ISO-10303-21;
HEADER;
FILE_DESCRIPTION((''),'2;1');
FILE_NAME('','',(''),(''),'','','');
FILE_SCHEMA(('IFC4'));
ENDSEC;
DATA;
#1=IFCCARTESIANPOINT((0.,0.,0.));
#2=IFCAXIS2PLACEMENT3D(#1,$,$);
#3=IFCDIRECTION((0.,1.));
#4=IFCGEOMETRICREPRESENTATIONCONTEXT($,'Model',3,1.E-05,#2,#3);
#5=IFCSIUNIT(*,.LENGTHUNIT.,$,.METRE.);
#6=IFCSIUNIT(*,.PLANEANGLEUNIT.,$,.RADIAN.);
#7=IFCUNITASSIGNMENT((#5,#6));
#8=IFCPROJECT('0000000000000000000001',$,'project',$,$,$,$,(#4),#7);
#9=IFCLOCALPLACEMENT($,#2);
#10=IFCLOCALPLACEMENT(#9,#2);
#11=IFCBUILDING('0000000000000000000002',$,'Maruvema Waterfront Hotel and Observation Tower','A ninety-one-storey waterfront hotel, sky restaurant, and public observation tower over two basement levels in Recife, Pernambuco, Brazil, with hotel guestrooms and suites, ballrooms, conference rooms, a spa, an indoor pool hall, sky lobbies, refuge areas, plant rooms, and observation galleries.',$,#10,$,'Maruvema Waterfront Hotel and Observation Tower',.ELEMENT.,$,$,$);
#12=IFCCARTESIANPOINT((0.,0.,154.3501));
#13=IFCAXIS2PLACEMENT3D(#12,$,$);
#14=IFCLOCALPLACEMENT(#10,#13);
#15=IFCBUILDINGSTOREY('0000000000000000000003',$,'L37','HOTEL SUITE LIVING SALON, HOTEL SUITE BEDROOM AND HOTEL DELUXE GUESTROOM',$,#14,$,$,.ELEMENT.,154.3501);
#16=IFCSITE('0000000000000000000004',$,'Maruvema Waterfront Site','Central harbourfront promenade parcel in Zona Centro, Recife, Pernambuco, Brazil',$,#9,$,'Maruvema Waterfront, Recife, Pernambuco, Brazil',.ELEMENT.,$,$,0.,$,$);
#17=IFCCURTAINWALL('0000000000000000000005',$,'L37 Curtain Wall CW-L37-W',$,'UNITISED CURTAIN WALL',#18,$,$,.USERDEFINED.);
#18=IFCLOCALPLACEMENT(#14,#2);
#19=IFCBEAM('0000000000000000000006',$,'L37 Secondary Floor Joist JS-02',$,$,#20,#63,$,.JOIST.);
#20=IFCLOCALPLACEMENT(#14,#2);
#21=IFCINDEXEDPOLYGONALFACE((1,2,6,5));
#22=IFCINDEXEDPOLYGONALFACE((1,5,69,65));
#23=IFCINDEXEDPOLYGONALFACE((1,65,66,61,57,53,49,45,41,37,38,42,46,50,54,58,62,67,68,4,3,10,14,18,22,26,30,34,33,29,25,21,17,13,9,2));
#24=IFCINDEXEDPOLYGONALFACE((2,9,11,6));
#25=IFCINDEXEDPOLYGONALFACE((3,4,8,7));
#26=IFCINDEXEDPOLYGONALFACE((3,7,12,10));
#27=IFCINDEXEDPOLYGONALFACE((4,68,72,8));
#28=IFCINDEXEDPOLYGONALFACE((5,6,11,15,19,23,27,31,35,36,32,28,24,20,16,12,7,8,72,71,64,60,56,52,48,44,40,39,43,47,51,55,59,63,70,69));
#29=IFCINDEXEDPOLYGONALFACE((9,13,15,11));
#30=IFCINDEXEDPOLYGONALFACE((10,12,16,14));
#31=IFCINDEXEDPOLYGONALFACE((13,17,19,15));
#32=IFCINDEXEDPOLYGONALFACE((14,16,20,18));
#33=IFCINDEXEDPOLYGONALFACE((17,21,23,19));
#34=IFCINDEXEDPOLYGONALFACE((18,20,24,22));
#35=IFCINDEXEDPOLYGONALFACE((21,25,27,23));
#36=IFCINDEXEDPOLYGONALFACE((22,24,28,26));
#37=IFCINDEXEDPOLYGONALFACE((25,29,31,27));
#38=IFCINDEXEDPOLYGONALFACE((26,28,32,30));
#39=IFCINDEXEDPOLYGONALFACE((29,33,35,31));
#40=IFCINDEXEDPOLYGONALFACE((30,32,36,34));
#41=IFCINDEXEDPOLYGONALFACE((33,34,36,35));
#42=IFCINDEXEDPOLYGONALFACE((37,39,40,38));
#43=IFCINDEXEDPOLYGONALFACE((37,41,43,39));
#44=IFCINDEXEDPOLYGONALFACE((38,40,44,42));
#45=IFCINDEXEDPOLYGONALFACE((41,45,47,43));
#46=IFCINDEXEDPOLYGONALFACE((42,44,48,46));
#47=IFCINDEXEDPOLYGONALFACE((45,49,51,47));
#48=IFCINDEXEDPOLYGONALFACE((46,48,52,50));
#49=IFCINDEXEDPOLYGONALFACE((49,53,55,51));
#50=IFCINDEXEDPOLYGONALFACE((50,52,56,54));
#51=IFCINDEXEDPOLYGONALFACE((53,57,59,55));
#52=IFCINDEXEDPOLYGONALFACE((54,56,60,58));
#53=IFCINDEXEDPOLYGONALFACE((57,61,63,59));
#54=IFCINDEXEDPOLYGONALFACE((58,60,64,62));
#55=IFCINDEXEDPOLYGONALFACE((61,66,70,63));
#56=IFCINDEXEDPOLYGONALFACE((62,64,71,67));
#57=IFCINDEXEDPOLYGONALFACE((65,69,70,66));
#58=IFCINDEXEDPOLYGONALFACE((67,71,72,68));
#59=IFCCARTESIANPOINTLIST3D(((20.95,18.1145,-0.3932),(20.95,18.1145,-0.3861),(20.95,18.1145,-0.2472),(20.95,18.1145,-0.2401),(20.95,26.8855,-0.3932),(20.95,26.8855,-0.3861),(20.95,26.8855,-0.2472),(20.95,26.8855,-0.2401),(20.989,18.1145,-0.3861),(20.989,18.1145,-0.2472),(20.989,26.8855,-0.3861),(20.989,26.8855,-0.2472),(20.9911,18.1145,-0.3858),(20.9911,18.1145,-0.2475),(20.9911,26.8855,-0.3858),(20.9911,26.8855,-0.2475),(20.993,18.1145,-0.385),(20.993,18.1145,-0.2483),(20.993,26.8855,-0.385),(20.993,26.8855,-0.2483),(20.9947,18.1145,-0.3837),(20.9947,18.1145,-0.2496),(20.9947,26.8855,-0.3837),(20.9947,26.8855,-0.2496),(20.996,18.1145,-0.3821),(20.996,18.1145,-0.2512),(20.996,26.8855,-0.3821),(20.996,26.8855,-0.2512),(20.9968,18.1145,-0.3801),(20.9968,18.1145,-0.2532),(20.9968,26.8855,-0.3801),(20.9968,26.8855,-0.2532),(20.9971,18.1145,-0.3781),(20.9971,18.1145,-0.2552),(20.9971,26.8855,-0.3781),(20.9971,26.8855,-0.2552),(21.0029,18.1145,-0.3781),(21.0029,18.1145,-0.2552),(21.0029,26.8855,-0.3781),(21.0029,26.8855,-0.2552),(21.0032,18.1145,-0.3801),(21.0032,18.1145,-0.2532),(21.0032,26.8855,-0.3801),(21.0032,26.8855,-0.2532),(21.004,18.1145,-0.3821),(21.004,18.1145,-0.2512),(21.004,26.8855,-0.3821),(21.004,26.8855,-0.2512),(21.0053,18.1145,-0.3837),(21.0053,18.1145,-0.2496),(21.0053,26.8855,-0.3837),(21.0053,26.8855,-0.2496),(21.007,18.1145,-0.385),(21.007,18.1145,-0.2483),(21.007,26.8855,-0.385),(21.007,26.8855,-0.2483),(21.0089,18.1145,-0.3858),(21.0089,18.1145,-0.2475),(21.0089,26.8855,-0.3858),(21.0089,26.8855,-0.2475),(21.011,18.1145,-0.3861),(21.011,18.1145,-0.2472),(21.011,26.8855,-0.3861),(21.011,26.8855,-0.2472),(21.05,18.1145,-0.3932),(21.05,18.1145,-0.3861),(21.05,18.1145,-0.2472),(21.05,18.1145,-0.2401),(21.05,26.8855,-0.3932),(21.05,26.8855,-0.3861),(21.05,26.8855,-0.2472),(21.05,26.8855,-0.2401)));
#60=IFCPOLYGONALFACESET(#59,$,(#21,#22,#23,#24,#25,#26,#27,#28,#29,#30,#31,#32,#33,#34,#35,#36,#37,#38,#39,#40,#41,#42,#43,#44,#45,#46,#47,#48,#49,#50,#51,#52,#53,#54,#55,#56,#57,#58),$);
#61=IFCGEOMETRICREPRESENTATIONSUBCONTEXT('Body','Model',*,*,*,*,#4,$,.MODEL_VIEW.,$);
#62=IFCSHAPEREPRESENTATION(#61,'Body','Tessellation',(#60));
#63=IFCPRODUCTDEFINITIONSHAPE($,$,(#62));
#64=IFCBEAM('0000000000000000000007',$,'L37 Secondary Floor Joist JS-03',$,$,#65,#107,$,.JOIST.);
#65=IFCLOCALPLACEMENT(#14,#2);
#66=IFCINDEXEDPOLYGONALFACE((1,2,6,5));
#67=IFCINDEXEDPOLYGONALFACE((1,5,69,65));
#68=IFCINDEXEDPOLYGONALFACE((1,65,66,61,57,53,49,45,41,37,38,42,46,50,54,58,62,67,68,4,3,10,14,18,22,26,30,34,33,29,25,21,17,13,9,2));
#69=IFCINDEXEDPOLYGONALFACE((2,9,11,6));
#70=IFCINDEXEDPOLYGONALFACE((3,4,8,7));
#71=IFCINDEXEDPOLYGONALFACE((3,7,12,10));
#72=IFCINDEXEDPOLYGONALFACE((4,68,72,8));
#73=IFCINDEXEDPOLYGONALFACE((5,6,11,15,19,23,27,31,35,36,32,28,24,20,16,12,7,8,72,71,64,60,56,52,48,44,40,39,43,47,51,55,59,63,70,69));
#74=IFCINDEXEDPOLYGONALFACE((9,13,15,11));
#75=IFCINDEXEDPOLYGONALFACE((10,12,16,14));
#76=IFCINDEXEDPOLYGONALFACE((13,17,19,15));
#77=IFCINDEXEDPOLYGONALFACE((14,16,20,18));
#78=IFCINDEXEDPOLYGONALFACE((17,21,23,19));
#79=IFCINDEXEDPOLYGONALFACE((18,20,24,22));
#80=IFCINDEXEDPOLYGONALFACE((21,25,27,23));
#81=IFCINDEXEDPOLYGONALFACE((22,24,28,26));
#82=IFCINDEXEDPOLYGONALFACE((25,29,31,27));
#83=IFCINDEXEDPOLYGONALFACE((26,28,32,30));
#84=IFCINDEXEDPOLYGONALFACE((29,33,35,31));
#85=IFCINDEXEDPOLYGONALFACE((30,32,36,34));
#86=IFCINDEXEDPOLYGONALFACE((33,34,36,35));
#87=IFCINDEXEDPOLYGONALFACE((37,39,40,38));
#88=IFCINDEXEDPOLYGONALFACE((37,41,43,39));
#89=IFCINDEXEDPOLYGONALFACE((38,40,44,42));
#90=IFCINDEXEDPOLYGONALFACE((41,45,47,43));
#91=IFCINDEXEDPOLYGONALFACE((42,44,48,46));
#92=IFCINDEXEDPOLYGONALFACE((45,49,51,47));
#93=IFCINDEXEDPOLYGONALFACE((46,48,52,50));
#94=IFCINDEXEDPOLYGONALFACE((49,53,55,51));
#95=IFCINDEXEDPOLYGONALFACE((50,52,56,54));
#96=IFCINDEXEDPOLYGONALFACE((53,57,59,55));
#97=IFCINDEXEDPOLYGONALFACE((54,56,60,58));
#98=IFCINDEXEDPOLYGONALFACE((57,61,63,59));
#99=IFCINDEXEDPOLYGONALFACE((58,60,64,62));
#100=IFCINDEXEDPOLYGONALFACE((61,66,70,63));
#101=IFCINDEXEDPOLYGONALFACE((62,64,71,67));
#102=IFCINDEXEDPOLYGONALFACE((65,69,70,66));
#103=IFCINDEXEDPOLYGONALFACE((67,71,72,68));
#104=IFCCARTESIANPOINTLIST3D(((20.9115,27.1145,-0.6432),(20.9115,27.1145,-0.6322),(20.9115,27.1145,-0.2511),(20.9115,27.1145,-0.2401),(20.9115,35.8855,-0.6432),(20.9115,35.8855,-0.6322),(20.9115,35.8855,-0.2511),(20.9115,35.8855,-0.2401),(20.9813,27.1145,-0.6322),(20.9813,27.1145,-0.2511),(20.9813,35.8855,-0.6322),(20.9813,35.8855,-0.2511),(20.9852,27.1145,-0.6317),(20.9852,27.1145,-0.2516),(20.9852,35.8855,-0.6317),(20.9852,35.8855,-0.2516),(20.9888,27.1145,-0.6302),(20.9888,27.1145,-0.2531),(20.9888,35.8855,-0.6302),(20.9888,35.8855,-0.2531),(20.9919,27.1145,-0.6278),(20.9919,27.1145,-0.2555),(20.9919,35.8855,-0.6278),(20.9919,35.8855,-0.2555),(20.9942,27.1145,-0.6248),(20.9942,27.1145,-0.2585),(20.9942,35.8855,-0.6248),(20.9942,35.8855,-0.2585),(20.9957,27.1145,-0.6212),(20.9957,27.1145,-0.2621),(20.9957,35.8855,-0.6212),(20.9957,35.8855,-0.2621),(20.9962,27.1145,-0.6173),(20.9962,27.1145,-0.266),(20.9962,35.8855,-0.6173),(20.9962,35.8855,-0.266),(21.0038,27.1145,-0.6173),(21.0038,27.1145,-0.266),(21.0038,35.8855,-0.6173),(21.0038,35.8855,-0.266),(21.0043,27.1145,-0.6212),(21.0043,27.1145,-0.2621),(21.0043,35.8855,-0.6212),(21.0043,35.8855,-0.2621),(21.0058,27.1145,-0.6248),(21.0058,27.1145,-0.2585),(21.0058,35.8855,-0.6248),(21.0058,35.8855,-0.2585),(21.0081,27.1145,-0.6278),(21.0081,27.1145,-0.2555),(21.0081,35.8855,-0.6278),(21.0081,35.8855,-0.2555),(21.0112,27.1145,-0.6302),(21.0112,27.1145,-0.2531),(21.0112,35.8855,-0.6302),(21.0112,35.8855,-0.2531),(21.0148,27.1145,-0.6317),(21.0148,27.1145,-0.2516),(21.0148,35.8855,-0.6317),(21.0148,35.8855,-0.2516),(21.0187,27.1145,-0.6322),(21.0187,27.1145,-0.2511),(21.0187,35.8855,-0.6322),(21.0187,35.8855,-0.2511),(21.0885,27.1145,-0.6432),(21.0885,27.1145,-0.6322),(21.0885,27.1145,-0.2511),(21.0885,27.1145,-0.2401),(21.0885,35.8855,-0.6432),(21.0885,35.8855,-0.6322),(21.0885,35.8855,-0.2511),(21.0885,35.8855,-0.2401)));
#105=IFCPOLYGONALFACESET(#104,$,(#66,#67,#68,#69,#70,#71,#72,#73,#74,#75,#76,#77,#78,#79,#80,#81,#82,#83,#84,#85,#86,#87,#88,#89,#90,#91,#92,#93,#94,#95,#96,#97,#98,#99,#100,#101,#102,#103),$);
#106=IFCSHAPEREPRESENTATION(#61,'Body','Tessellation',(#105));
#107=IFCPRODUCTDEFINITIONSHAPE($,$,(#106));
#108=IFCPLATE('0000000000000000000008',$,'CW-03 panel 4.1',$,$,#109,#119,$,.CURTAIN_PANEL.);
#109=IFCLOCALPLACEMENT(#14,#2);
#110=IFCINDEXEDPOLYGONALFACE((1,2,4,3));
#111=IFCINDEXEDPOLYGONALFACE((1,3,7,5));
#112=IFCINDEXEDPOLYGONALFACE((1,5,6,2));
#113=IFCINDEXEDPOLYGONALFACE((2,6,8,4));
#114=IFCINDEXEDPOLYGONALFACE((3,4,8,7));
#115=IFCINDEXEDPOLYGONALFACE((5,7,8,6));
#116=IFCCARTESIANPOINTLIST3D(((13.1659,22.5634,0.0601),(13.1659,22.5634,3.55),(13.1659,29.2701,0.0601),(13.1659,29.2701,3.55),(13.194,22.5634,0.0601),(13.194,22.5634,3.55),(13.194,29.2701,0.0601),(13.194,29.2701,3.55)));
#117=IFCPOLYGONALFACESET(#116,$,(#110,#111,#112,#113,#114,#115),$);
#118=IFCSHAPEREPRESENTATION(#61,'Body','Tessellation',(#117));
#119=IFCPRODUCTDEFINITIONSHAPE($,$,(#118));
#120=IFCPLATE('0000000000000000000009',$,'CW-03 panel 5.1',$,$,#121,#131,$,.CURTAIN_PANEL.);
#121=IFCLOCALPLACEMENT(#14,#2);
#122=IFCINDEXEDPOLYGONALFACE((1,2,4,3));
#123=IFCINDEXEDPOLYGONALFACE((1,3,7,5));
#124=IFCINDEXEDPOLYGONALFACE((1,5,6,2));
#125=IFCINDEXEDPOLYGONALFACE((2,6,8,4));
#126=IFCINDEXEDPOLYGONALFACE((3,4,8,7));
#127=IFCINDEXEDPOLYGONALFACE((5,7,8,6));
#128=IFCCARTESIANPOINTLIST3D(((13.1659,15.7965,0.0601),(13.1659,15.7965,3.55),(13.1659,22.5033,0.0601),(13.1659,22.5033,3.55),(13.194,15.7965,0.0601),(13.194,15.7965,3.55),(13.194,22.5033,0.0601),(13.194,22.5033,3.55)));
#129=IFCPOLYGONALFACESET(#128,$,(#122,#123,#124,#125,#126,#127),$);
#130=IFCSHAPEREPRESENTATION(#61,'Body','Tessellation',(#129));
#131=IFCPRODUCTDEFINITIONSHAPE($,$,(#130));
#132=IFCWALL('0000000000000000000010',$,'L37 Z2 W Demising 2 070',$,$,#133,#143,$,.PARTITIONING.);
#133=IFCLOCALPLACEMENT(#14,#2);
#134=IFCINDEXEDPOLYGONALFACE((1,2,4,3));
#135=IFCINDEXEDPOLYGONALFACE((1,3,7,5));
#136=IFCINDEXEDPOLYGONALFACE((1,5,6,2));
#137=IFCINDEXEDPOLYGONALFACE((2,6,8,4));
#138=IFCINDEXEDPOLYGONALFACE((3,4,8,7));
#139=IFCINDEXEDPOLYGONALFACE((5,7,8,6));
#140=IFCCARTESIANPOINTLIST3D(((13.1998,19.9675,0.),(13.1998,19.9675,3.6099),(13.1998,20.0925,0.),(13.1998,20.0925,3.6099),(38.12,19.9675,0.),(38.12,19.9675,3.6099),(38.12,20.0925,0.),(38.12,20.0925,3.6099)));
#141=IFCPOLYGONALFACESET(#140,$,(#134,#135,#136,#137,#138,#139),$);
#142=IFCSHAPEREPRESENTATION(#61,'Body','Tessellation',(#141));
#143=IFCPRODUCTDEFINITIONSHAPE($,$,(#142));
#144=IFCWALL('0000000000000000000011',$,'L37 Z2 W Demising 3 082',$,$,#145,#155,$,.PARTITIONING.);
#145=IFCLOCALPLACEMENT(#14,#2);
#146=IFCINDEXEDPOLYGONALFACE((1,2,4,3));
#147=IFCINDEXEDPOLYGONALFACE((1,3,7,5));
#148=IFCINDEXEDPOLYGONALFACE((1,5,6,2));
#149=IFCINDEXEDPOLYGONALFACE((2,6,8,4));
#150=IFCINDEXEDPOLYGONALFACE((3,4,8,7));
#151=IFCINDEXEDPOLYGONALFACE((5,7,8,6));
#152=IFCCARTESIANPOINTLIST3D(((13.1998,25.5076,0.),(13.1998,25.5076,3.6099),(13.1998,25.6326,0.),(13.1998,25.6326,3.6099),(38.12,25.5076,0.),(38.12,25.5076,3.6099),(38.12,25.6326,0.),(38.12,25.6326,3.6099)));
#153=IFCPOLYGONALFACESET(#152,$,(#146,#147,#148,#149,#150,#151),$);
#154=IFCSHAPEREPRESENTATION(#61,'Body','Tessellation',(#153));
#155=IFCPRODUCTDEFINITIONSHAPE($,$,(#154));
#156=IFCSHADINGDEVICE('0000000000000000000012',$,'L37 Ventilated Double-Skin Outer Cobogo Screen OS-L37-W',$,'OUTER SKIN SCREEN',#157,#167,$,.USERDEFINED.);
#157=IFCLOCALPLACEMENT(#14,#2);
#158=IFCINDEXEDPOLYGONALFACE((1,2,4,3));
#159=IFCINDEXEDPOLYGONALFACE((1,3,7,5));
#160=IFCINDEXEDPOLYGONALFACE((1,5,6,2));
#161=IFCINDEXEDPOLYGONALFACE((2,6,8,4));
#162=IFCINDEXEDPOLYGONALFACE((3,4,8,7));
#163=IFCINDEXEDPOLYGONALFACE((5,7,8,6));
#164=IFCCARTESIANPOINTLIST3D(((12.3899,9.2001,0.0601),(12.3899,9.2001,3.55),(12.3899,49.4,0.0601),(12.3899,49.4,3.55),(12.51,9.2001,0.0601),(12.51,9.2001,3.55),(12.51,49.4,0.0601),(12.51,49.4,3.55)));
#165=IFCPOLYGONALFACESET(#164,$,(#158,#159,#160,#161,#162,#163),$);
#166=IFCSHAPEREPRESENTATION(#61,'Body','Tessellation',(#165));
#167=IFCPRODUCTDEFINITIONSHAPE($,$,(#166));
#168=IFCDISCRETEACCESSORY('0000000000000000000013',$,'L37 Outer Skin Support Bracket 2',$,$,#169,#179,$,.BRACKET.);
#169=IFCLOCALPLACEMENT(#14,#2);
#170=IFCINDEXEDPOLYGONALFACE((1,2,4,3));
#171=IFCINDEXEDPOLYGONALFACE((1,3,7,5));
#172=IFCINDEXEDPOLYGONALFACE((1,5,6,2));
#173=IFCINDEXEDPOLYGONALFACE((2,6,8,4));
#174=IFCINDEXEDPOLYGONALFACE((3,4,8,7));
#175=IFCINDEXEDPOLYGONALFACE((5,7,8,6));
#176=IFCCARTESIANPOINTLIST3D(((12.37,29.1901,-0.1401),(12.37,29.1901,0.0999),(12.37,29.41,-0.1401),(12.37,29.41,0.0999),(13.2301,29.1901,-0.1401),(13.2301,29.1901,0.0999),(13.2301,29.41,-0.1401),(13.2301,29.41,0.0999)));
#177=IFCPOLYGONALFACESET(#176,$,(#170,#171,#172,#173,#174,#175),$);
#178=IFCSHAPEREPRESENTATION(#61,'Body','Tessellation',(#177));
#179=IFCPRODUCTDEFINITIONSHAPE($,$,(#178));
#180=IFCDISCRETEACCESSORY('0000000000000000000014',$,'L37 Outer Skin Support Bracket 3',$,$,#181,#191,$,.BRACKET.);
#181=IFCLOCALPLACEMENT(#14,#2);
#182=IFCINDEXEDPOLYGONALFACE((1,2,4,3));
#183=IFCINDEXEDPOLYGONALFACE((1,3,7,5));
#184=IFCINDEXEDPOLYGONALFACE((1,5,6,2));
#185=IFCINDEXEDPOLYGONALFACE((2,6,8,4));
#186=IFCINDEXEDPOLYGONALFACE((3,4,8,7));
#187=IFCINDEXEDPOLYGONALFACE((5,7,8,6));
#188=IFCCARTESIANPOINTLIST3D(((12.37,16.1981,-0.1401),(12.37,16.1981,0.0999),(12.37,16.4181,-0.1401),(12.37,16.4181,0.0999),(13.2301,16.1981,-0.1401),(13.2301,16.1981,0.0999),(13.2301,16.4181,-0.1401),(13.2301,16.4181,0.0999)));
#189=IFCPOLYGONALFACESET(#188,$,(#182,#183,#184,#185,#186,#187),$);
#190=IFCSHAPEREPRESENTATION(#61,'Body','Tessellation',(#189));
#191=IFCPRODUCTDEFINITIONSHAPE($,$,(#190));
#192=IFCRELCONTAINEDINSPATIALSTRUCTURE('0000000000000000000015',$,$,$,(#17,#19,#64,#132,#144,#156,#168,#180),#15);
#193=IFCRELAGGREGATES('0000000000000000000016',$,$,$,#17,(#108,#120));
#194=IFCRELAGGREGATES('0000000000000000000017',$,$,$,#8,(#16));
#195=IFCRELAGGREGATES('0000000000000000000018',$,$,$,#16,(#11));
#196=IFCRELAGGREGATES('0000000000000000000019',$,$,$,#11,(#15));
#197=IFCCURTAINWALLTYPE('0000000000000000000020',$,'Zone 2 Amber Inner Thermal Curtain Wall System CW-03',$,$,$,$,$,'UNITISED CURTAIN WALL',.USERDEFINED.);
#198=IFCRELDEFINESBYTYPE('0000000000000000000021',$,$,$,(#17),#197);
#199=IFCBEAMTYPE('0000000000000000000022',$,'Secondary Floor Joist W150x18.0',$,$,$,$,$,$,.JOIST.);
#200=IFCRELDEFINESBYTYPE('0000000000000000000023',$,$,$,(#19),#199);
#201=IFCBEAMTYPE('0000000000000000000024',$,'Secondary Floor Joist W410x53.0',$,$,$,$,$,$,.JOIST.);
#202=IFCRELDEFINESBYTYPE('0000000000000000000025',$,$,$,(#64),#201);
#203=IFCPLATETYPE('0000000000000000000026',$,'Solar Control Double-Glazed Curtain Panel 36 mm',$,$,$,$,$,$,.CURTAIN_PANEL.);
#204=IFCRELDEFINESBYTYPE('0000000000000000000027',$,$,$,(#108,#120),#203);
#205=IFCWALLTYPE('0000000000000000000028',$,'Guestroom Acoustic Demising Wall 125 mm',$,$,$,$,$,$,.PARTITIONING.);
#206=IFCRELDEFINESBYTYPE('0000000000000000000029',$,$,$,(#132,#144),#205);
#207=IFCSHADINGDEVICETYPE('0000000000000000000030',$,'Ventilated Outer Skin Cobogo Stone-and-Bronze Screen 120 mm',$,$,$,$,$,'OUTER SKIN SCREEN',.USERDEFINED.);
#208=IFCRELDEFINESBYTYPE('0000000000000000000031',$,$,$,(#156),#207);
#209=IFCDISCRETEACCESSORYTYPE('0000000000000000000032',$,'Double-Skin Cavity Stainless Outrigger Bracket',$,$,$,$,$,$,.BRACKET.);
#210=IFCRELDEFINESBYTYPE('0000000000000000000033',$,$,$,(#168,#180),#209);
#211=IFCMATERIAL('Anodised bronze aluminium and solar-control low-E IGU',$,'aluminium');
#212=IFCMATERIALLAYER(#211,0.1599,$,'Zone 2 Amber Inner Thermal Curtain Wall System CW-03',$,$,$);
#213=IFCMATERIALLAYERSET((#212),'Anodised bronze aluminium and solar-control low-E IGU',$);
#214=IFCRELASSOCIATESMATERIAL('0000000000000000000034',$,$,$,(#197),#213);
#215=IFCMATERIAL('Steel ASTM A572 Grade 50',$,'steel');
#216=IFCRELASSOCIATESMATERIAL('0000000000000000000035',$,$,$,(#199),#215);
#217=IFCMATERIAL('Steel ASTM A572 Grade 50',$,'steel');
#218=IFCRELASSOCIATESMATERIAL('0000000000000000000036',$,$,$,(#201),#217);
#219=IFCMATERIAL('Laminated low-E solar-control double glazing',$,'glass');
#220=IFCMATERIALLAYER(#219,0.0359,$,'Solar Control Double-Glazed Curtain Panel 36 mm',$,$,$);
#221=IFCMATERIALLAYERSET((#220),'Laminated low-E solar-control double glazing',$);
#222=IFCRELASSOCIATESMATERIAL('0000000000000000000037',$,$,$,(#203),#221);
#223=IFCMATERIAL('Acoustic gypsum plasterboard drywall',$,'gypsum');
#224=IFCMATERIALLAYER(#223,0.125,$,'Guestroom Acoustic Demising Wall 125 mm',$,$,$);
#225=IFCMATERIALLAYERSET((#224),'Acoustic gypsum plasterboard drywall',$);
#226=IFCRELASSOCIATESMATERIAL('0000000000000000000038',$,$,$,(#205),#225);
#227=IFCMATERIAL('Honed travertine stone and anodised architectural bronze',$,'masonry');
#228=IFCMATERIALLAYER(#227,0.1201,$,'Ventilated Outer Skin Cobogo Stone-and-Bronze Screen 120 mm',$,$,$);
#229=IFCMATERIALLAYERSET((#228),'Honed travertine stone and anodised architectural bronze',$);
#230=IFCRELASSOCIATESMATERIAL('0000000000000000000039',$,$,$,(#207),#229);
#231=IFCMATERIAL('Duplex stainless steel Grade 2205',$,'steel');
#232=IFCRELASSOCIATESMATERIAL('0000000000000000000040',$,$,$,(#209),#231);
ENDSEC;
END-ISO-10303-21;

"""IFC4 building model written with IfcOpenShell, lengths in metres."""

from ifc_helpers import new_model, si_unit, direction, frame, frame_2d, origin, origin_2d, place, context, subcontext, project, spatial, rectangle, i_section, extrude, material, layer, layer_set, material_profile, profile_set, type_object, element, aggregate, save


model = new_model("IFC4")

# Units and contexts
model_context = context("Model", 3, precision=1e-05, world=origin(), true_north=direction((0.0, 1.0)))
body_context = subcontext(model_context, "Body", "Model", "MODEL_VIEW")
ifc_project = project(units=[si_unit("LENGTHUNIT", "METRE"), si_unit("PLANEANGLEUNIT", "RADIAN")], contexts=[model_context])

# Site, building, storey
site_placement = place(None, origin())
site = spatial("IfcSite", under=ifc_project, at=site_placement, Name="Maruvema Waterfront Site", Description="Central harbourfront promenade parcel in Zona Centro, Recife, Pernambuco, Brazil", LongName="Maruvema Waterfront, Recife, Pernambuco, Brazil", CompositionType="ELEMENT", RefElevation=0.0)
building_placement = place(site_placement, origin())
building = spatial("IfcBuilding", under=site, at=building_placement, Name="Maruvema Waterfront Hotel and Observation Tower", Description="A ninety-one-storey waterfront hotel, sky restaurant, and public observation tower over two basement levels in Recife, Pernambuco, Brazil, with hotel guestrooms and suites, ballrooms, conference rooms, a spa, an indoor pool hall, sky lobbies, refuge areas, plant rooms, and observation galleries.", LongName="Maruvema Waterfront Hotel and Observation Tower", CompositionType="ELEMENT")
storey_placement = place(building_placement, frame((0.0, 0.0, 154.3501)))
storey = spatial("IfcBuildingStorey", under=building, at=storey_placement, Name="L37", Description="HOTEL SUITE LIVING SALON, HOTEL SUITE BEDROOM AND HOTEL DELUXE GUESTROOM", CompositionType="ELEMENT", Elevation=154.3501)

# Curtain wall
ifc_material_1 = material(Name="Anodised bronze aluminium and solar-control low-E IGU", Category="aluminium")
ifc_layer_1 = layer(ifc_material_1, 0.1599, Name="Zone 2 Amber Inner Thermal Curtain Wall System CW-03")
ifc_layer_set_1 = layer_set([ifc_layer_1], Name="Anodised bronze aluminium and solar-control low-E IGU")
curtain_wall_type = type_object("IfcCurtainWallType", Name="Zone 2 Amber Inner Thermal Curtain Wall System CW-03", ElementType="UNITISED CURTAIN WALL", PredefinedType="USERDEFINED", material=ifc_layer_set_1)
curtain_wall_placement = place(storey_placement, origin())
curtain_wall = element("IfcCurtainWall", 1, at=curtain_wall_placement, inside=storey, type_object=curtain_wall_type, Name="L37 Curtain Wall CW-L37-W", ObjectType="UNITISED CURTAIN WALL", PredefinedType="USERDEFINED")

# Beams
ifc_material_2 = material(Name="Steel ASTM A572 Grade 50", Category="steel")
ifc_material_profile_1 = material_profile(ifc_material_2, i_section(OverallWidth=0.1001, OverallDepth=0.1531, WebThickness=0.0059, FlangeThickness=0.0071, FilletRadius=0.0081, at=origin_2d()), Name="W150x18.0")
ifc_profile_set_1 = profile_set([ifc_material_profile_1], Name="Steel ASTM A572 Grade 50")
beam_type_1 = type_object("IfcBeamType", Name="Secondary Floor Joist W150x18.0", PredefinedType="JOIST", material=ifc_profile_set_1)
beam_1_placement = place(storey_placement, frame((21.0, 18.1145, -0.3167), z_axis=(0.0, 1.0, 0.0), x_axis=(-1.0, 0.0, 0.0)))
element("IfcBeam", 2, at=beam_1_placement, inside=storey, type_object=beam_type_1, Name="L37 Secondary Floor Joist JS-02", PredefinedType="JOIST", context=body_context, shape_type="SweptSolid", body=[
    extrude(i_section(OverallWidth=0.1001, OverallDepth=0.1531, WebThickness=0.0059, FlangeThickness=0.0071, FilletRadius=0.0081, at=origin_2d()), origin(), (0.0, 0.0, 1.0), 8.771),
])
ifc_material_3 = material(Name="Steel ASTM A572 Grade 50", Category="steel")
ifc_material_profile_2 = material_profile(ifc_material_3, i_section(OverallWidth=0.177, OverallDepth=0.4031, WebThickness=0.0076, FlangeThickness=0.011, FilletRadius=0.0149, at=origin_2d()), Name="W410x53.0")
ifc_profile_set_2 = profile_set([ifc_material_profile_2], Name="Steel ASTM A572 Grade 50")
beam_type_2 = type_object("IfcBeamType", Name="Secondary Floor Joist W410x53.0", PredefinedType="JOIST", material=ifc_profile_set_2)
beam_2_placement = place(storey_placement, frame((21.0, 27.1145, -0.4417), z_axis=(0.0, 1.0, 0.0), x_axis=(-1.0, 0.0, 0.0)))
element("IfcBeam", 3, at=beam_2_placement, inside=storey, type_object=beam_type_2, Name="L37 Secondary Floor Joist JS-03", PredefinedType="JOIST", context=body_context, shape_type="SweptSolid", body=[
    extrude(i_section(OverallWidth=0.177, OverallDepth=0.4031, WebThickness=0.0076, FlangeThickness=0.011, FilletRadius=0.0149, at=origin_2d()), origin(), (0.0, 0.0, 1.0), 8.771),
])

# Plates
ifc_material_4 = material(Name="Laminated low-E solar-control double glazing", Category="glass")
ifc_layer_2 = layer(ifc_material_4, 0.0359, Name="Solar Control Double-Glazed Curtain Panel 36 mm")
ifc_layer_set_2 = layer_set([ifc_layer_2], Name="Laminated low-E solar-control double glazing")
plate_type = type_object("IfcPlateType", Name="Solar Control Double-Glazed Curtain Panel 36 mm", PredefinedType="CURTAIN_PANEL", material=ifc_layer_set_2)
plate_1_placement = place(storey_placement, frame((13.1799, 25.9167, 0.0601), z_axis=(0.0, 0.0, 1.0), x_axis=(0.0, -1.0, 0.0)))
plate_1 = element("IfcPlate", 4, at=plate_1_placement, type_object=plate_type, Name="CW-03 panel 4.1", PredefinedType="CURTAIN_PANEL", context=body_context, shape_type="SweptSolid", body=[
    extrude(rectangle(XDim=6.7068, YDim=0.0281, at=origin_2d()), origin(), (0.0, 0.0, 1.0), 3.49),
])
plate_2_placement = place(storey_placement, frame((13.1799, 19.1499, 0.0601), z_axis=(0.0, 0.0, 1.0), x_axis=(0.0, -1.0, 0.0)))
plate_2 = element("IfcPlate", 5, at=plate_2_placement, type_object=plate_type, Name="CW-03 panel 5.1", PredefinedType="CURTAIN_PANEL", context=body_context, shape_type="SweptSolid", body=[
    extrude(rectangle(XDim=6.7068, YDim=0.0281, at=origin_2d()), origin(), (0.0, 0.0, 1.0), 3.49),
])
aggregate(curtain_wall, [plate_1, plate_2])

# Walls
ifc_material_5 = material(Name="Acoustic gypsum plasterboard drywall", Category="gypsum")
ifc_layer_3 = layer(ifc_material_5, 0.125, Name="Guestroom Acoustic Demising Wall 125 mm")
ifc_layer_set_3 = layer_set([ifc_layer_3], Name="Acoustic gypsum plasterboard drywall")
wall_type = type_object("IfcWallType", Name="Guestroom Acoustic Demising Wall 125 mm", PredefinedType="PARTITIONING", material=ifc_layer_set_3)
for number, where, z_axis, x_axis, name in (
    (6, (13.2, 20.03, 0.0), (0.0, 0.0, 1.0), (1.0, 0.0, 0.0), "L37 Z2 W Demising 2 070"),
    (7, (13.2, 25.5701, 0.0), (0.0, 0.0, 1.0), (1.0, 0.0, 0.0), "L37 Z2 W Demising 3 082"),
):
    element("IfcWall", number, at=place(storey_placement, frame(where, z_axis=z_axis, x_axis=x_axis)), inside=storey, type_object=wall_type, Name=name, PredefinedType="PARTITIONING", context=body_context, shape_type="SweptSolid", body=[
        extrude(rectangle(XDim=24.9202, YDim=0.125, at=frame_2d((12.46, 0.0))), origin(), (0.0, 0.0, 1.0), 3.6099),
    ])

# Shading device
ifc_material_6 = material(Name="Honed travertine stone and anodised architectural bronze", Category="masonry")
ifc_layer_4 = layer(ifc_material_6, 0.1201, Name="Ventilated Outer Skin Cobogo Stone-and-Bronze Screen 120 mm")
ifc_layer_set_4 = layer_set([ifc_layer_4], Name="Honed travertine stone and anodised architectural bronze")
shading_device_type = type_object("IfcShadingDeviceType", Name="Ventilated Outer Skin Cobogo Stone-and-Bronze Screen 120 mm", ElementType="OUTER SKIN SCREEN", PredefinedType="USERDEFINED", material=ifc_layer_set_4)
shading_device_placement = place(storey_placement, frame((12.45, 29.3, 0.0601), z_axis=(0.0, 0.0, 1.0), x_axis=(0.0, -1.0, 0.0)))
element("IfcShadingDevice", 8, at=shading_device_placement, inside=storey, type_object=shading_device_type, Name="L37 Ventilated Double-Skin Outer Cobogo Screen OS-L37-W", ObjectType="OUTER SKIN SCREEN", PredefinedType="USERDEFINED", context=body_context, shape_type="SweptSolid", body=[
    extrude(rectangle(XDim=40.2, YDim=0.1201, at=origin_2d()), origin(), (0.0, 0.0, 1.0), 3.49),
])

# Discrete accessories
ifc_material_7 = material(Name="Duplex stainless steel Grade 2205", Category="steel")
discrete_accessory_type = type_object("IfcDiscreteAccessoryType", Name="Double-Skin Cavity Stainless Outrigger Bracket", PredefinedType="BRACKET", material=ifc_material_7)
for number, where, z_axis, x_axis, name in (
    (9, (12.8, 29.3, -0.1401), (0.0, 0.0, 1.0), (0.0, -1.0, 0.0), "L37 Outer Skin Support Bracket 2"),
    (10, (12.8, 16.3081, -0.1401), (0.0, 0.0, 1.0), (0.0, -1.0, 0.0), "L37 Outer Skin Support Bracket 3"),
):
    element("IfcDiscreteAccessory", number, at=place(storey_placement, frame(where, z_axis=z_axis, x_axis=x_axis)), inside=storey, type_object=discrete_accessory_type, Name=name, PredefinedType="BRACKET", context=body_context, shape_type="SweptSolid", body=[
        extrude(rectangle(XDim=0.22, YDim=0.8601, at=origin_2d()), origin(), (0.0, 0.0, 1.0), 0.24),
    ])

save(model, "model.ifc")
